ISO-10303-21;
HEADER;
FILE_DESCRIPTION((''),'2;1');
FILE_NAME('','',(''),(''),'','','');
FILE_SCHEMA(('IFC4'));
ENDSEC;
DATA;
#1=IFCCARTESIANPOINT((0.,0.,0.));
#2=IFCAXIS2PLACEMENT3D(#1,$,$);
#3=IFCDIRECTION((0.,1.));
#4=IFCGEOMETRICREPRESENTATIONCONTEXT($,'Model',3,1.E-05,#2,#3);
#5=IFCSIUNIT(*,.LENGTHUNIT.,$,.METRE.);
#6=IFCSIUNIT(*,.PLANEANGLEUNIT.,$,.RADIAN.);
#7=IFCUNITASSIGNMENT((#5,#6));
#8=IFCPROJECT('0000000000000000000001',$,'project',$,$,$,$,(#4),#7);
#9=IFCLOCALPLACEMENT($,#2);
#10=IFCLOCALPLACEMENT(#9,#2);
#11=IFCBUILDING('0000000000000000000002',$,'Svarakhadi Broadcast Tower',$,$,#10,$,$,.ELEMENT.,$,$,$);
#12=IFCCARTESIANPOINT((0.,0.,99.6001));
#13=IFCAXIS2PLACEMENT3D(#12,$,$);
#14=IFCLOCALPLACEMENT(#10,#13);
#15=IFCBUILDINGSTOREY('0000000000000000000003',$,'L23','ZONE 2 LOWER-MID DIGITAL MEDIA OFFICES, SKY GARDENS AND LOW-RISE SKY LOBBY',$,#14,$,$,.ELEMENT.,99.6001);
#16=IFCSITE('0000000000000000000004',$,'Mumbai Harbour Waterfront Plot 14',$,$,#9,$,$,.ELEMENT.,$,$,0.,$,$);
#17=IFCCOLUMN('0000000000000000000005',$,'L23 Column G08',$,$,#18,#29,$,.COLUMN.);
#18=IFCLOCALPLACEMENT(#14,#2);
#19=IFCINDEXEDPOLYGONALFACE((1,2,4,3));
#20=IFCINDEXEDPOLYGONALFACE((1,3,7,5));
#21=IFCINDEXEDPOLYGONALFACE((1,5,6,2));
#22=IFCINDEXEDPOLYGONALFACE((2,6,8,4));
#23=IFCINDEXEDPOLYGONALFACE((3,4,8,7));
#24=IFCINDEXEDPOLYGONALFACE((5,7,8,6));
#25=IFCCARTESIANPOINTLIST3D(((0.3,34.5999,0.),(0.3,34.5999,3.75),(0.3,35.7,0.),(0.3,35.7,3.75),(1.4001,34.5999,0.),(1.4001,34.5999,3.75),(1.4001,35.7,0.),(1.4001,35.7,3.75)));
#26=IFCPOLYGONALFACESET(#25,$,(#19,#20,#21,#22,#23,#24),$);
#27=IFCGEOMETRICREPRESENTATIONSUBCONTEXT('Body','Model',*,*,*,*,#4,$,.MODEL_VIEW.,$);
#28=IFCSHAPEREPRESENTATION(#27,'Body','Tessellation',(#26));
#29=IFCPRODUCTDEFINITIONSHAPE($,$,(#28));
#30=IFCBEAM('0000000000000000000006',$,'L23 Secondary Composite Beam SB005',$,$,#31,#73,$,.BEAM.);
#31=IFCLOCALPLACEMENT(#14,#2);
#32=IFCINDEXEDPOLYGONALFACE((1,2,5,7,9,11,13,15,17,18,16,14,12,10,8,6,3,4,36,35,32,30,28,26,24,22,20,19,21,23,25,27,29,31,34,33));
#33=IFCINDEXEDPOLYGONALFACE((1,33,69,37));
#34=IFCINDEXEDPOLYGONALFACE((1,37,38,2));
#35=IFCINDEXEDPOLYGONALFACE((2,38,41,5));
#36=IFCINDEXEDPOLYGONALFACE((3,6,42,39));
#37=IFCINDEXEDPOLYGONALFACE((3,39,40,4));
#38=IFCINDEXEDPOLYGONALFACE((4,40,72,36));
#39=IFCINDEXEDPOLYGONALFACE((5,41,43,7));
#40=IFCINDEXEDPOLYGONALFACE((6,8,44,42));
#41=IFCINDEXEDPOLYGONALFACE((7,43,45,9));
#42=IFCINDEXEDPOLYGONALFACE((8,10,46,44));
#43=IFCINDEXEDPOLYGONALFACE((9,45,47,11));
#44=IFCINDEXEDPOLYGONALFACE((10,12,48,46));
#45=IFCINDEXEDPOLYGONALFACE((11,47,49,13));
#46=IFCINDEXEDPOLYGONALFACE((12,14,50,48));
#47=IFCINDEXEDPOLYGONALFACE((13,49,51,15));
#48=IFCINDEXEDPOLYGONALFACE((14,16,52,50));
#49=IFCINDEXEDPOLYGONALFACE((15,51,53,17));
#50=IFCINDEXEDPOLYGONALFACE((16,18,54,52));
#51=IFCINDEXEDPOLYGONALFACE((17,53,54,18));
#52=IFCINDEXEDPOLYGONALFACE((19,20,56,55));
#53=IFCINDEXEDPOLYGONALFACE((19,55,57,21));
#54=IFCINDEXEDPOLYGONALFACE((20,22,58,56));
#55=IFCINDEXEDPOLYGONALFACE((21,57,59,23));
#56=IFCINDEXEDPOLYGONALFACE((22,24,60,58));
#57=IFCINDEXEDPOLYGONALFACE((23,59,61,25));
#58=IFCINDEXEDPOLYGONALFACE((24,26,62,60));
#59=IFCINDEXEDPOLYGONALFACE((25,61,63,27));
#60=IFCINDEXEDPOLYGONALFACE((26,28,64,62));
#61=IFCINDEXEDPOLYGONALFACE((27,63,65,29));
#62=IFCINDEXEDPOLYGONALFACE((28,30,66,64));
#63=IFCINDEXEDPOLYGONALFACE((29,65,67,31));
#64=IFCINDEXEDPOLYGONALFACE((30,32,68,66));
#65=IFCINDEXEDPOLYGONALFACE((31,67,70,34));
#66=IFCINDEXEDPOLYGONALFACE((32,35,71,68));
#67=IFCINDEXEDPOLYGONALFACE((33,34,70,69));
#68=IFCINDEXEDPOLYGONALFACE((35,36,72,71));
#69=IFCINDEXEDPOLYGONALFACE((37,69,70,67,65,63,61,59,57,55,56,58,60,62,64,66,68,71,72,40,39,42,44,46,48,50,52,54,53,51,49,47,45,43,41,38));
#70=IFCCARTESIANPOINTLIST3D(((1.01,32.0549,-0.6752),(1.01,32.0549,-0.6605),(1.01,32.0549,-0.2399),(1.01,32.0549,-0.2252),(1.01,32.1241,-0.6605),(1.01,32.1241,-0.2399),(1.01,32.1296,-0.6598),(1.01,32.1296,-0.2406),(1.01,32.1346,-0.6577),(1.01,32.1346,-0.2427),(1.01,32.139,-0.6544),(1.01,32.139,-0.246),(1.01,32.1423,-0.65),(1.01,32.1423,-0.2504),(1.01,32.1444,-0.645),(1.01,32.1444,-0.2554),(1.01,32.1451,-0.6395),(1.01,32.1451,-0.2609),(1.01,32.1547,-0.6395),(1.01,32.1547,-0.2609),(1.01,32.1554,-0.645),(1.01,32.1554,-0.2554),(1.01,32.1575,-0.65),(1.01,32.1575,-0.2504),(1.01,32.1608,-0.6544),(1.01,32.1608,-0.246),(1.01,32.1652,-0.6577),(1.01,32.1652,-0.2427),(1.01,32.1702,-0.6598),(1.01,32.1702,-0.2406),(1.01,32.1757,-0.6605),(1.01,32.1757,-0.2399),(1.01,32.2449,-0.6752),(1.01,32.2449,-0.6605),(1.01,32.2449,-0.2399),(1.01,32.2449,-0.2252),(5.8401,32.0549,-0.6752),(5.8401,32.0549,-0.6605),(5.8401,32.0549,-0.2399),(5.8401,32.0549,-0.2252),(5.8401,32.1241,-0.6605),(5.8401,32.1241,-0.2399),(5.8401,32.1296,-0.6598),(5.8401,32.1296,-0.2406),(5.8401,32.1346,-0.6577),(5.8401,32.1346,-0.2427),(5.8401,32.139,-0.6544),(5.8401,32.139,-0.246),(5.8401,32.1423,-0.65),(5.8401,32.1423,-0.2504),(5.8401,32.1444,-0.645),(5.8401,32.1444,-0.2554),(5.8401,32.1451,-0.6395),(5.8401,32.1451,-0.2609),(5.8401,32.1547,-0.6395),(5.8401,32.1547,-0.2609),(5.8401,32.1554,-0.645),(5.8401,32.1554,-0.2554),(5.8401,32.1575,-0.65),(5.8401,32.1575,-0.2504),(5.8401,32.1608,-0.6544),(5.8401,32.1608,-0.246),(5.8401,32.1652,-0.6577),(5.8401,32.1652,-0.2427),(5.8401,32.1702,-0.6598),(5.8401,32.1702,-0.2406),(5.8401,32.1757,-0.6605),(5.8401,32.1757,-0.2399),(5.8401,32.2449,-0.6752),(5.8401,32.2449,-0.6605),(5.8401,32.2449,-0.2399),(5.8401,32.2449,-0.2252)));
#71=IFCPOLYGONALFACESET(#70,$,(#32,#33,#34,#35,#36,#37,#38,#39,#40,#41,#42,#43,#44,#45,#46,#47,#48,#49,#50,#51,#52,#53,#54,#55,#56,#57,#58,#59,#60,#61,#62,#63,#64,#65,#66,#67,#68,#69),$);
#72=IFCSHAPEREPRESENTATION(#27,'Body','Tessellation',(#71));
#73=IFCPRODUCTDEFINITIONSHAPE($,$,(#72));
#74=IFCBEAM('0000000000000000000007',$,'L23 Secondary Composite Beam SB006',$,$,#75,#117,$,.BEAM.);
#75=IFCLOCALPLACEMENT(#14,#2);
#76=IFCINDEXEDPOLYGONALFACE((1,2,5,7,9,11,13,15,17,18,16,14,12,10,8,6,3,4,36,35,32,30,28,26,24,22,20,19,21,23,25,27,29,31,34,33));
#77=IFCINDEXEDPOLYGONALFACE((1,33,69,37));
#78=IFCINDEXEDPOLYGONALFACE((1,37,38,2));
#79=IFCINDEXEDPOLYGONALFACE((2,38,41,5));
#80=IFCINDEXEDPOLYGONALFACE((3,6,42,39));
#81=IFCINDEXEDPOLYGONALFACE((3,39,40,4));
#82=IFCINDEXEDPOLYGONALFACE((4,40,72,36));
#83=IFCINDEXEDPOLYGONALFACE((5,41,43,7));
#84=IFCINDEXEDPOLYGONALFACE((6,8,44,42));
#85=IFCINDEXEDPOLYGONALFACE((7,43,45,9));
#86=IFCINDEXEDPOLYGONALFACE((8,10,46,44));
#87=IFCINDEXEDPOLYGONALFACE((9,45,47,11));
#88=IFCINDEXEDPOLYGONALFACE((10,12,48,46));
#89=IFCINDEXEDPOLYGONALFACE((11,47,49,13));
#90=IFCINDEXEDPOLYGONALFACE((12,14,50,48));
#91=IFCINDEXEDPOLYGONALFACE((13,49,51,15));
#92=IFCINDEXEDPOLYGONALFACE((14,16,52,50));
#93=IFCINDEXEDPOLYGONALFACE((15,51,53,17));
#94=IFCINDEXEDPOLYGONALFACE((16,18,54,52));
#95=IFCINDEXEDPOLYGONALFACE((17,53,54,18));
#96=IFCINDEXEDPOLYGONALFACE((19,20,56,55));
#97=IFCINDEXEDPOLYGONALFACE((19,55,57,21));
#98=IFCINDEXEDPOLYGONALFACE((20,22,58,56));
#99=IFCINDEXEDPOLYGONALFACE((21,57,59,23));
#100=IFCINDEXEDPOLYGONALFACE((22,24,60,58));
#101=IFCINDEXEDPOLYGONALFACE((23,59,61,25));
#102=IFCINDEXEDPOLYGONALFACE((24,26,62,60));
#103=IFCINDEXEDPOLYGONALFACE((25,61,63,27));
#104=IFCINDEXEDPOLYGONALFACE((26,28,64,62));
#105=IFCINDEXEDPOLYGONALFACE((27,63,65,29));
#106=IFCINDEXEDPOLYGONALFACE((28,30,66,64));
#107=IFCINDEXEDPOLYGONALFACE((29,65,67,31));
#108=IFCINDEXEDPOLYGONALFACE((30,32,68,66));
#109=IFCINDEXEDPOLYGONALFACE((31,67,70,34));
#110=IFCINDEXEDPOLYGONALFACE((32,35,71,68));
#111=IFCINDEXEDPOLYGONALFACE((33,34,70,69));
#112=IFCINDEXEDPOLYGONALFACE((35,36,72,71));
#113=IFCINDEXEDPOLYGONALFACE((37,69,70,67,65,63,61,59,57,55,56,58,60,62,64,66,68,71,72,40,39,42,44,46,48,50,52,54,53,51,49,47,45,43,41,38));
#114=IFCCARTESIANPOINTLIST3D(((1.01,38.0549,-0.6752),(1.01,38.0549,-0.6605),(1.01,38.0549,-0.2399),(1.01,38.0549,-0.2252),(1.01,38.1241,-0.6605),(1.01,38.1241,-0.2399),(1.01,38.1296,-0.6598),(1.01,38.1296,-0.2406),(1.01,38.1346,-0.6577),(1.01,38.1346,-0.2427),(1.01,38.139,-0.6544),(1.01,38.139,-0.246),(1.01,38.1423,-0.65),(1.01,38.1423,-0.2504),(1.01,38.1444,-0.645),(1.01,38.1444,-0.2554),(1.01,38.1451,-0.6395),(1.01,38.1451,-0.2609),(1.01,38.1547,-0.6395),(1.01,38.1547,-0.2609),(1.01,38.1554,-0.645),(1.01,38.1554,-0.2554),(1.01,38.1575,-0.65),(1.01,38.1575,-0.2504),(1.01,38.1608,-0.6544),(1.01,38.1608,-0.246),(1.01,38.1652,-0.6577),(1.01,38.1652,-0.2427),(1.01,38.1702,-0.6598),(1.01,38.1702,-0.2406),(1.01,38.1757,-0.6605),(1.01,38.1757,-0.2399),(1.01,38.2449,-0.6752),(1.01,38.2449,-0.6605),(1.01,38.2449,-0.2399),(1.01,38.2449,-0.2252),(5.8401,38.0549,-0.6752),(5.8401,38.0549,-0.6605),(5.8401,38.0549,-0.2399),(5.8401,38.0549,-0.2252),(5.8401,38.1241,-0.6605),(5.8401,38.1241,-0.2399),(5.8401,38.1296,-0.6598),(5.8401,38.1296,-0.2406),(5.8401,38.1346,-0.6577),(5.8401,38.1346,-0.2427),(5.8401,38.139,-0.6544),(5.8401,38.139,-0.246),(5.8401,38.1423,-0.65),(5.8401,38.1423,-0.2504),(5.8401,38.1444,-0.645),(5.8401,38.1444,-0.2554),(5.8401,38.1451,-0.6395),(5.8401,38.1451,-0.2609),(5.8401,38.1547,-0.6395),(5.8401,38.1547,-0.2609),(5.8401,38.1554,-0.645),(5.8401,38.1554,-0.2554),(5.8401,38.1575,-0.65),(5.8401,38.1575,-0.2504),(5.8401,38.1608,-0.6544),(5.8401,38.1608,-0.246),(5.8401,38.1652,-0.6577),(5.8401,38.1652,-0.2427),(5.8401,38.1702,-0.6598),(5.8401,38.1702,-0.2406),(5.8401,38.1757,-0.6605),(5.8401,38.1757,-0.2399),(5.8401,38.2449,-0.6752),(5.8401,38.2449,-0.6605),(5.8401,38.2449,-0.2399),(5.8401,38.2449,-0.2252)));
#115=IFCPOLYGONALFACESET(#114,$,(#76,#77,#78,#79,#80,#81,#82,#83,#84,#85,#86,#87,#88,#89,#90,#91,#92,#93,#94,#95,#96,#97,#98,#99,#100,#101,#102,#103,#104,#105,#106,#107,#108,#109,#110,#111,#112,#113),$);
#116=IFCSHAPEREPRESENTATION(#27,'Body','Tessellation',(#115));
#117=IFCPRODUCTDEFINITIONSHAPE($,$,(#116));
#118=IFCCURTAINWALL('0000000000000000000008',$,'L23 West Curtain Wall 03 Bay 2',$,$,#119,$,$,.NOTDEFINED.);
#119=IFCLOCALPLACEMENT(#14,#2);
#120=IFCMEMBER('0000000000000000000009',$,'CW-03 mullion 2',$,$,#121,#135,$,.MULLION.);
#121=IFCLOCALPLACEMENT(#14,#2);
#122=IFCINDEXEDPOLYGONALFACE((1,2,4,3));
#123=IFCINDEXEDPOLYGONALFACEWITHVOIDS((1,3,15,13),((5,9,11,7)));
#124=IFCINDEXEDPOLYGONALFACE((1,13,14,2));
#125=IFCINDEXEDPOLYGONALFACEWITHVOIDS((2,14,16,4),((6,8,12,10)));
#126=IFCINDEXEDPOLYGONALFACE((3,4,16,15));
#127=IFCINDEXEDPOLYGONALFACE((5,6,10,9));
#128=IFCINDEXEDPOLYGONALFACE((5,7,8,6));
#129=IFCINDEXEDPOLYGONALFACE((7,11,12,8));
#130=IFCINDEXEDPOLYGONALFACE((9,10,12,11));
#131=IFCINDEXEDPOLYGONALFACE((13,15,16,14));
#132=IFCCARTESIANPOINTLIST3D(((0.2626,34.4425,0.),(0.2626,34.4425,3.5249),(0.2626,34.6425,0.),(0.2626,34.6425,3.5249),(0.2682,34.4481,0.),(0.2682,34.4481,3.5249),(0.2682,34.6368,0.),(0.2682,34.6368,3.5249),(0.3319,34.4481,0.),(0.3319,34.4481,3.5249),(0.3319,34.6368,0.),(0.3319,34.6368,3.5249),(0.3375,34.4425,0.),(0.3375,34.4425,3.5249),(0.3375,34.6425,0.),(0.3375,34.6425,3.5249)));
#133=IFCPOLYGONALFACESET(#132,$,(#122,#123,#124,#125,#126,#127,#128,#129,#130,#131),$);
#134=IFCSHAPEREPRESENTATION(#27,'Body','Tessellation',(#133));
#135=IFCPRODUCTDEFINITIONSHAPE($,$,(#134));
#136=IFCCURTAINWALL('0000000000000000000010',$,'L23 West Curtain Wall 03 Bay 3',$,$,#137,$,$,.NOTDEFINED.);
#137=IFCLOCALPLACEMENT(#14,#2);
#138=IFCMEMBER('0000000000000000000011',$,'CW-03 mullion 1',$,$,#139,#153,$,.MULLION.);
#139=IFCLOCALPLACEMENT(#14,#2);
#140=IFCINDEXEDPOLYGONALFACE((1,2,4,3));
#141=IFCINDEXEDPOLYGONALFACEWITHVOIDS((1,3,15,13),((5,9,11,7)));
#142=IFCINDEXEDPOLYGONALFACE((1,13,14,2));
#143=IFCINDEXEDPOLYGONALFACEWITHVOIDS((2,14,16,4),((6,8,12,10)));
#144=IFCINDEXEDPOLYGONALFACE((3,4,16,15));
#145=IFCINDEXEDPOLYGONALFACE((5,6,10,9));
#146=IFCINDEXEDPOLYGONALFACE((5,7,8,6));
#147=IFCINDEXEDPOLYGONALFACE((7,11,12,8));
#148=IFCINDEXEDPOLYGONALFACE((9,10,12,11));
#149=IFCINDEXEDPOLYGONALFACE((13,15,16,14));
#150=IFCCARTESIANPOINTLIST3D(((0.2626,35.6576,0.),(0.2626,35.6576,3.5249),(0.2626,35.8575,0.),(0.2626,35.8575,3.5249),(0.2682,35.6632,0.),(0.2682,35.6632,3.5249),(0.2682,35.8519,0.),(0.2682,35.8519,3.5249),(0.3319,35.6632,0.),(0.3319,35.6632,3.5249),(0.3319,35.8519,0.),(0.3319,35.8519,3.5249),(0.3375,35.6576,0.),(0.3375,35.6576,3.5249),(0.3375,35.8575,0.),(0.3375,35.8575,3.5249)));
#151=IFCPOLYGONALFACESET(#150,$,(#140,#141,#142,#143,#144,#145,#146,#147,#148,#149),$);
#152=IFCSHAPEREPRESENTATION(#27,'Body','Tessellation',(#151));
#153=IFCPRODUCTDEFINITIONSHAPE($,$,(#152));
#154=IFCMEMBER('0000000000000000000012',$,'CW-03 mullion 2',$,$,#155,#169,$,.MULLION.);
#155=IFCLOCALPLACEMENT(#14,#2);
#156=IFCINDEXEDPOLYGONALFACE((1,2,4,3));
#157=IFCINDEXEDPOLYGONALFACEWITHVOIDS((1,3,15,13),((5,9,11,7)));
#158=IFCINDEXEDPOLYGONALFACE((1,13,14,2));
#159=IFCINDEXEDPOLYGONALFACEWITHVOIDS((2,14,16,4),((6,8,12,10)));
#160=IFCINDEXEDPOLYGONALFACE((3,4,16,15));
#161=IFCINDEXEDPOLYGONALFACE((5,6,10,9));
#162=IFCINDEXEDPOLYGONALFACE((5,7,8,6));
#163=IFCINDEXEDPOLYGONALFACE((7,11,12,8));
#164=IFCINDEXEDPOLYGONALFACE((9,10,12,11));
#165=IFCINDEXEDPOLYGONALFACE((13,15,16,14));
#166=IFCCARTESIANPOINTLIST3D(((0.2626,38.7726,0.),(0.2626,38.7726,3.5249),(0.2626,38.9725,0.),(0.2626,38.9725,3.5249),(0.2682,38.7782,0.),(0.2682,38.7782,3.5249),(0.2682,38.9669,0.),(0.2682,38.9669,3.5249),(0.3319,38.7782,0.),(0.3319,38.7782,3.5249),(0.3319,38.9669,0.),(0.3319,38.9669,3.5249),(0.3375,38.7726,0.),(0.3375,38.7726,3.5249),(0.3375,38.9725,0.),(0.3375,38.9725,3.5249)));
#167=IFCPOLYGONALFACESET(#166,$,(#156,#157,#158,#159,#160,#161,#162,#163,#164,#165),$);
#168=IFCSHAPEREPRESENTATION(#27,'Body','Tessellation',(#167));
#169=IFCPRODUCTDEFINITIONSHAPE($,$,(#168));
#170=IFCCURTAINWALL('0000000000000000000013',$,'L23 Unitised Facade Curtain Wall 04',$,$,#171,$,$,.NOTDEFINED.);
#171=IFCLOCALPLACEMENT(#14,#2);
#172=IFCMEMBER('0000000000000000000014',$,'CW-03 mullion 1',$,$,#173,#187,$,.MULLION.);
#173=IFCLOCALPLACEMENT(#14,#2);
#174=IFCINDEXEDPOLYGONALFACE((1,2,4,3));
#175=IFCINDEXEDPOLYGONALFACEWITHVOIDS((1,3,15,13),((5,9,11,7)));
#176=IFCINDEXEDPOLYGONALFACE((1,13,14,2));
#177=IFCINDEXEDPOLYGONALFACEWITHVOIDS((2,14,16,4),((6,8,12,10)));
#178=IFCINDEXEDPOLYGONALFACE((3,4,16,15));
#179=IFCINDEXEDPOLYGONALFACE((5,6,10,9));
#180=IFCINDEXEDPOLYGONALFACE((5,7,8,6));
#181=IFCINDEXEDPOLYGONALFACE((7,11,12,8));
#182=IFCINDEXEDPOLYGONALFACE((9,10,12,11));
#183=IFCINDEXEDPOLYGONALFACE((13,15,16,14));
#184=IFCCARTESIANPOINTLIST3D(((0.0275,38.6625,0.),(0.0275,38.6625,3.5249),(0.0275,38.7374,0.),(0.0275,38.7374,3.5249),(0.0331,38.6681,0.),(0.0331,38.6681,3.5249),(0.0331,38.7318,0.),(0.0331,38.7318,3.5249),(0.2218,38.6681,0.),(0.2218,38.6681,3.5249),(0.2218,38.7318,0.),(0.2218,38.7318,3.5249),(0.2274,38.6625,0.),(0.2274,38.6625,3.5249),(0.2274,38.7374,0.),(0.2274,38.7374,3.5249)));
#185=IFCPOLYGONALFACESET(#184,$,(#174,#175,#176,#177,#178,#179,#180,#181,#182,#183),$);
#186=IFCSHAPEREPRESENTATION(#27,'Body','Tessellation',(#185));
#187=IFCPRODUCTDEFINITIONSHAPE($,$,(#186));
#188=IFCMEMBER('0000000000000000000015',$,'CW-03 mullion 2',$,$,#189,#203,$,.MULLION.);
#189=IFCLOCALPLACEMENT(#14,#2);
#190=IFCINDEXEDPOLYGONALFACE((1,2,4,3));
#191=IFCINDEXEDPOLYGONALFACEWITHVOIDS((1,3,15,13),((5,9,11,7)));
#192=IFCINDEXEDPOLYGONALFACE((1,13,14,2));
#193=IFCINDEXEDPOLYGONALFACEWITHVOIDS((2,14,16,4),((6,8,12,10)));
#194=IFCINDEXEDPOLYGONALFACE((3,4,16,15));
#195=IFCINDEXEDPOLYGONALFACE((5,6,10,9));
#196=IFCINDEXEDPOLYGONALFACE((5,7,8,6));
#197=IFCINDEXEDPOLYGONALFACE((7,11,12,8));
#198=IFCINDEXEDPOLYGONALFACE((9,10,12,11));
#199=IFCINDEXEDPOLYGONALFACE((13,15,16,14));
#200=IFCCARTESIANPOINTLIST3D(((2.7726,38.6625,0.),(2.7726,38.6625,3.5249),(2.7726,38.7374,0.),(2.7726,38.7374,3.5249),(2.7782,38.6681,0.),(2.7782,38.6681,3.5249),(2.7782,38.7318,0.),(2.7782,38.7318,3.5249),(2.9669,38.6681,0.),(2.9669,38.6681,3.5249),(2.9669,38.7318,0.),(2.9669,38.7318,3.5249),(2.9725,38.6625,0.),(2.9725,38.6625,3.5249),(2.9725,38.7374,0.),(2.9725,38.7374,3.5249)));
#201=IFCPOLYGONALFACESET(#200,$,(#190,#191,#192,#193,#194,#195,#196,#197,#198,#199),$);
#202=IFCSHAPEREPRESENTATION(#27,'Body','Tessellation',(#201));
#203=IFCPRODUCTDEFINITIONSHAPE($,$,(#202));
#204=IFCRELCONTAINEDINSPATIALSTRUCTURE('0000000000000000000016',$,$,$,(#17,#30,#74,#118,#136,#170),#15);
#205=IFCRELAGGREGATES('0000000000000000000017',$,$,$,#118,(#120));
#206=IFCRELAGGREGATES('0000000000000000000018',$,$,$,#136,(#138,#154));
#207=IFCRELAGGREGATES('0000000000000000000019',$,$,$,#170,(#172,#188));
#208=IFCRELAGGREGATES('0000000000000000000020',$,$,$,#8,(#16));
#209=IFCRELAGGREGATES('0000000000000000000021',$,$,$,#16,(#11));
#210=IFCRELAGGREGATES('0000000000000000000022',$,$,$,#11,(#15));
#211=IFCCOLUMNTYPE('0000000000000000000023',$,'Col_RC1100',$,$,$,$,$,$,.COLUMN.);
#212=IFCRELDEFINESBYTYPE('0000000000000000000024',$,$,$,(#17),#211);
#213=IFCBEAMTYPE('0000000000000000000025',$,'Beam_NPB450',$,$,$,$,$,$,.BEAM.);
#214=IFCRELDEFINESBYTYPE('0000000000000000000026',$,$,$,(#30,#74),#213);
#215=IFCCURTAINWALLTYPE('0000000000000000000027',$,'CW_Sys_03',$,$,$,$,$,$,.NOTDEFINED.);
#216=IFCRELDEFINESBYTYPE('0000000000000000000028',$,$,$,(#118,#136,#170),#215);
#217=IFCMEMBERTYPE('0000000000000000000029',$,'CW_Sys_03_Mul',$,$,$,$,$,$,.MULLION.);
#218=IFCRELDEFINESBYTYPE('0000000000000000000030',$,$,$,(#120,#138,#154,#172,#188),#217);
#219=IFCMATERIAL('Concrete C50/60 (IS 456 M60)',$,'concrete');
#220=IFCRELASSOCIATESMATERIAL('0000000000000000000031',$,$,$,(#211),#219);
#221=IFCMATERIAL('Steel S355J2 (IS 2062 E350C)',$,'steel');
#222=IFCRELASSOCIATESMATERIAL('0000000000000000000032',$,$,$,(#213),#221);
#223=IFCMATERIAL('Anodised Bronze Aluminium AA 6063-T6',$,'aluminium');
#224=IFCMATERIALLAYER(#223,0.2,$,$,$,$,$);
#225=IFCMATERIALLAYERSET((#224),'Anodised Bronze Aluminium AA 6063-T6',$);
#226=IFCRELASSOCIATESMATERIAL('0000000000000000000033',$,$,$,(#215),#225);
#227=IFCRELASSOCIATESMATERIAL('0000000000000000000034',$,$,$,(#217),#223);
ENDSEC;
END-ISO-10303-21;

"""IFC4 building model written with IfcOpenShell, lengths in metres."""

from ifc_helpers import new_model, si_unit, direction, frame, origin, origin_2d, place, context, subcontext, project, spatial, rectangle, hollow_rectangle, i_section, extrude, material, layer, layer_set, material_profile, profile_set, type_object, element, aggregate, save


model = new_model("IFC4")

# Units and contexts
model_context = context("Model", 3, precision=1e-05, world=origin(), true_north=direction((0.0, 1.0)))
body_context = subcontext(model_context, "Body", "Model", "MODEL_VIEW")
ifc_project = project(units=[si_unit("LENGTHUNIT", "METRE"), si_unit("PLANEANGLEUNIT", "RADIAN")], contexts=[model_context])

# Site, building, storey
site_placement = place(None, origin())
site = spatial("IfcSite", under=ifc_project, at=site_placement, Name="Mumbai Harbour Waterfront Plot 14", CompositionType="ELEMENT", RefElevation=0.0)
building_placement = place(site_placement, origin())
building = spatial("IfcBuilding", under=site, at=building_placement, Name="Svarakhadi Broadcast Tower", CompositionType="ELEMENT")
storey_placement = place(building_placement, frame((0.0, 0.0, 99.6001)))
storey = spatial("IfcBuildingStorey", under=building, at=storey_placement, Name="L23", Description="ZONE 2 LOWER-MID DIGITAL MEDIA OFFICES, SKY GARDENS AND LOW-RISE SKY LOBBY", CompositionType="ELEMENT", Elevation=99.6001)

# Column
ifc_material_1 = material(Name="Concrete C50/60 (IS 456 M60)", Category="concrete")
ifc_material_profile_1 = material_profile(ifc_material_1, rectangle(XDim=1.1001, YDim=1.1001, at=origin_2d()), Name="RC 1100x1100")
ifc_profile_set_1 = profile_set([ifc_material_profile_1], Name="Concrete C50/60 (IS 456 M60)")
column_type = type_object("IfcColumnType", Name="Col_RC1100", PredefinedType="COLUMN", material=ifc_profile_set_1)
column_placement = place(storey_placement, frame((0.8501, 35.1499, 0.0), z_axis=(0.0, 0.0, 1.0), x_axis=(1.0, 0.0, 0.0)))
element("IfcColumn", 1, at=column_placement, inside=storey, type_object=column_type, Name="L23 Column G08", PredefinedType="COLUMN", context=body_context, shape_type="SweptSolid", body=[
    extrude(rectangle(XDim=1.1001, YDim=1.1001, at=origin_2d()), origin(), (0.0, 0.0, 1.0), 3.75),
])

# Beams
ifc_material_2 = material(Name="Steel S355J2 (IS 2062 E350C)", Category="steel")
ifc_material_profile_2 = material_profile(ifc_material_2, i_section(OverallWidth=0.1899, OverallDepth=0.45, WebThickness=0.0095, FlangeThickness=0.0146, FilletRadius=0.021, at=origin_2d()), Name="NPB 450x190x78")
ifc_profile_set_2 = profile_set([ifc_material_profile_2], Name="Steel S355J2 (IS 2062 E350C)")
beam_type_1 = type_object("IfcBeamType", Name="Beam_NPB450", PredefinedType="BEAM", material=ifc_profile_set_2)
for number, where, z_axis, x_axis, name in (
    (2, (1.01, 32.1499, -0.4502), (1.0, 0.0, 0.0), (0.0, 1.0, 0.0), "L23 Secondary Composite Beam SB005"),
    (3, (1.01, 38.1499, -0.4502), (1.0, 0.0, 0.0), (0.0, 1.0, 0.0), "L23 Secondary Composite Beam SB006"),
):
    element("IfcBeam", number, at=place(storey_placement, frame(where, z_axis=z_axis, x_axis=x_axis)), inside=storey, type_object=beam_type_1, Name=name, PredefinedType="BEAM", context=body_context, shape_type="SweptSolid", body=[
        extrude(i_section(OverallWidth=0.1899, OverallDepth=0.45, WebThickness=0.0095, FlangeThickness=0.0146, FilletRadius=0.021, at=origin_2d()), origin(), (0.0, 0.0, 1.0), 4.8301),
    ])

# Curtain wall, member
ifc_material_3 = material(Name="Anodised Bronze Aluminium AA 6063-T6", Category="aluminium")
ifc_layer_1 = layer(ifc_material_3, 0.2)
ifc_layer_set_1 = layer_set([ifc_layer_1], Name="Anodised Bronze Aluminium AA 6063-T6")
curtain_wall_type = type_object("IfcCurtainWallType", Name="CW_Sys_03", PredefinedType="NOTDEFINED", material=ifc_layer_set_1)
curtain_wall_1_placement = place(storey_placement, origin())
curtain_wall_1 = element("IfcCurtainWall", 4, at=curtain_wall_1_placement, inside=storey, type_object=curtain_wall_type, Name="L23 West Curtain Wall 03 Bay 2", PredefinedType="NOTDEFINED")
ifc_material_profile_3 = material_profile(ifc_material_3, hollow_rectangle(XDim=0.075, YDim=0.2, WallThickness=0.0056, at=origin_2d()), Name="ALU MULLION 200x75x6")
ifc_profile_set_3 = profile_set([ifc_material_profile_3], Name="Anodised Bronze Aluminium AA 6063-T6")
member_type_1 = type_object("IfcMemberType", Name="CW_Sys_03_Mul", PredefinedType="MULLION", material=ifc_profile_set_3)
member_1_placement = place(storey_placement, frame((0.3, 34.5425, 0.0), z_axis=(0.0, 0.0, 1.0), x_axis=(-1.0, 0.0, 0.0)))
member_1 = element("IfcMember", 5, at=member_1_placement, type_object=member_type_1, Name="CW-03 mullion 2", PredefinedType="MULLION", context=body_context, shape_type="SweptSolid", body=[
    extrude(hollow_rectangle(XDim=0.075, YDim=0.2, WallThickness=0.0056, at=origin_2d()), origin(), (0.0, 0.0, 1.0), 3.5249),
])
aggregate(curtain_wall_1, [member_1])

# Curtain walls, members
curtain_wall_2_placement = place(storey_placement, origin())
curtain_wall_2 = element("IfcCurtainWall", 6, at=curtain_wall_2_placement, inside=storey, type_object=curtain_wall_type, Name="L23 West Curtain Wall 03 Bay 3", PredefinedType="NOTDEFINED")
member_2_placement = place(storey_placement, frame((0.3, 35.7576, 0.0), z_axis=(0.0, 0.0, 1.0), x_axis=(-1.0, 0.0, 0.0)))
member_2 = element("IfcMember", 7, at=member_2_placement, type_object=member_type_1, Name="CW-03 mullion 1", PredefinedType="MULLION", context=body_context, shape_type="SweptSolid", body=[
    extrude(hollow_rectangle(XDim=0.075, YDim=0.2, WallThickness=0.0056, at=origin_2d()), origin(), (0.0, 0.0, 1.0), 3.5249),
])
member_3_placement = place(storey_placement, frame((0.3, 38.8726, 0.0), z_axis=(0.0, 0.0, 1.0), x_axis=(-1.0, 0.0, 0.0)))
member_3 = element("IfcMember", 8, at=member_3_placement, type_object=member_type_1, Name="CW-03 mullion 2", PredefinedType="MULLION", context=body_context, shape_type="SweptSolid", body=[
    extrude(hollow_rectangle(XDim=0.075, YDim=0.2, WallThickness=0.0056, at=origin_2d()), origin(), (0.0, 0.0, 1.0), 3.5249),
])
curtain_wall_3_placement = place(storey_placement, origin())
curtain_wall_3 = element("IfcCurtainWall", 9, at=curtain_wall_3_placement, inside=storey, type_object=curtain_wall_type, Name="L23 Unitised Facade Curtain Wall 04", PredefinedType="NOTDEFINED")
member_4_placement = place(storey_placement, frame((0.1274, 38.7, 0.0), z_axis=(0.0, 0.0, 1.0), x_axis=(0.0, 1.0, 0.0)))
member_4 = element("IfcMember", 10, at=member_4_placement, type_object=member_type_1, Name="CW-03 mullion 1", PredefinedType="MULLION", context=body_context, shape_type="SweptSolid", body=[
    extrude(hollow_rectangle(XDim=0.075, YDim=0.2, WallThickness=0.0056, at=origin_2d()), origin(), (0.0, 0.0, 1.0), 3.5249),
])
member_5_placement = place(storey_placement, frame((2.8726, 38.7, 0.0), z_axis=(0.0, 0.0, 1.0), x_axis=(0.0, 1.0, 0.0)))
member_5 = element("IfcMember", 11, at=member_5_placement, type_object=member_type_1, Name="CW-03 mullion 2", PredefinedType="MULLION", context=body_context, shape_type="SweptSolid", body=[
    extrude(hollow_rectangle(XDim=0.075, YDim=0.2, WallThickness=0.0056, at=origin_2d()), origin(), (0.0, 0.0, 1.0), 3.5249),
])

aggregate(curtain_wall_2, [member_2, member_3])
aggregate(curtain_wall_3, [member_4, member_5])

save(model, "model.ifc")
